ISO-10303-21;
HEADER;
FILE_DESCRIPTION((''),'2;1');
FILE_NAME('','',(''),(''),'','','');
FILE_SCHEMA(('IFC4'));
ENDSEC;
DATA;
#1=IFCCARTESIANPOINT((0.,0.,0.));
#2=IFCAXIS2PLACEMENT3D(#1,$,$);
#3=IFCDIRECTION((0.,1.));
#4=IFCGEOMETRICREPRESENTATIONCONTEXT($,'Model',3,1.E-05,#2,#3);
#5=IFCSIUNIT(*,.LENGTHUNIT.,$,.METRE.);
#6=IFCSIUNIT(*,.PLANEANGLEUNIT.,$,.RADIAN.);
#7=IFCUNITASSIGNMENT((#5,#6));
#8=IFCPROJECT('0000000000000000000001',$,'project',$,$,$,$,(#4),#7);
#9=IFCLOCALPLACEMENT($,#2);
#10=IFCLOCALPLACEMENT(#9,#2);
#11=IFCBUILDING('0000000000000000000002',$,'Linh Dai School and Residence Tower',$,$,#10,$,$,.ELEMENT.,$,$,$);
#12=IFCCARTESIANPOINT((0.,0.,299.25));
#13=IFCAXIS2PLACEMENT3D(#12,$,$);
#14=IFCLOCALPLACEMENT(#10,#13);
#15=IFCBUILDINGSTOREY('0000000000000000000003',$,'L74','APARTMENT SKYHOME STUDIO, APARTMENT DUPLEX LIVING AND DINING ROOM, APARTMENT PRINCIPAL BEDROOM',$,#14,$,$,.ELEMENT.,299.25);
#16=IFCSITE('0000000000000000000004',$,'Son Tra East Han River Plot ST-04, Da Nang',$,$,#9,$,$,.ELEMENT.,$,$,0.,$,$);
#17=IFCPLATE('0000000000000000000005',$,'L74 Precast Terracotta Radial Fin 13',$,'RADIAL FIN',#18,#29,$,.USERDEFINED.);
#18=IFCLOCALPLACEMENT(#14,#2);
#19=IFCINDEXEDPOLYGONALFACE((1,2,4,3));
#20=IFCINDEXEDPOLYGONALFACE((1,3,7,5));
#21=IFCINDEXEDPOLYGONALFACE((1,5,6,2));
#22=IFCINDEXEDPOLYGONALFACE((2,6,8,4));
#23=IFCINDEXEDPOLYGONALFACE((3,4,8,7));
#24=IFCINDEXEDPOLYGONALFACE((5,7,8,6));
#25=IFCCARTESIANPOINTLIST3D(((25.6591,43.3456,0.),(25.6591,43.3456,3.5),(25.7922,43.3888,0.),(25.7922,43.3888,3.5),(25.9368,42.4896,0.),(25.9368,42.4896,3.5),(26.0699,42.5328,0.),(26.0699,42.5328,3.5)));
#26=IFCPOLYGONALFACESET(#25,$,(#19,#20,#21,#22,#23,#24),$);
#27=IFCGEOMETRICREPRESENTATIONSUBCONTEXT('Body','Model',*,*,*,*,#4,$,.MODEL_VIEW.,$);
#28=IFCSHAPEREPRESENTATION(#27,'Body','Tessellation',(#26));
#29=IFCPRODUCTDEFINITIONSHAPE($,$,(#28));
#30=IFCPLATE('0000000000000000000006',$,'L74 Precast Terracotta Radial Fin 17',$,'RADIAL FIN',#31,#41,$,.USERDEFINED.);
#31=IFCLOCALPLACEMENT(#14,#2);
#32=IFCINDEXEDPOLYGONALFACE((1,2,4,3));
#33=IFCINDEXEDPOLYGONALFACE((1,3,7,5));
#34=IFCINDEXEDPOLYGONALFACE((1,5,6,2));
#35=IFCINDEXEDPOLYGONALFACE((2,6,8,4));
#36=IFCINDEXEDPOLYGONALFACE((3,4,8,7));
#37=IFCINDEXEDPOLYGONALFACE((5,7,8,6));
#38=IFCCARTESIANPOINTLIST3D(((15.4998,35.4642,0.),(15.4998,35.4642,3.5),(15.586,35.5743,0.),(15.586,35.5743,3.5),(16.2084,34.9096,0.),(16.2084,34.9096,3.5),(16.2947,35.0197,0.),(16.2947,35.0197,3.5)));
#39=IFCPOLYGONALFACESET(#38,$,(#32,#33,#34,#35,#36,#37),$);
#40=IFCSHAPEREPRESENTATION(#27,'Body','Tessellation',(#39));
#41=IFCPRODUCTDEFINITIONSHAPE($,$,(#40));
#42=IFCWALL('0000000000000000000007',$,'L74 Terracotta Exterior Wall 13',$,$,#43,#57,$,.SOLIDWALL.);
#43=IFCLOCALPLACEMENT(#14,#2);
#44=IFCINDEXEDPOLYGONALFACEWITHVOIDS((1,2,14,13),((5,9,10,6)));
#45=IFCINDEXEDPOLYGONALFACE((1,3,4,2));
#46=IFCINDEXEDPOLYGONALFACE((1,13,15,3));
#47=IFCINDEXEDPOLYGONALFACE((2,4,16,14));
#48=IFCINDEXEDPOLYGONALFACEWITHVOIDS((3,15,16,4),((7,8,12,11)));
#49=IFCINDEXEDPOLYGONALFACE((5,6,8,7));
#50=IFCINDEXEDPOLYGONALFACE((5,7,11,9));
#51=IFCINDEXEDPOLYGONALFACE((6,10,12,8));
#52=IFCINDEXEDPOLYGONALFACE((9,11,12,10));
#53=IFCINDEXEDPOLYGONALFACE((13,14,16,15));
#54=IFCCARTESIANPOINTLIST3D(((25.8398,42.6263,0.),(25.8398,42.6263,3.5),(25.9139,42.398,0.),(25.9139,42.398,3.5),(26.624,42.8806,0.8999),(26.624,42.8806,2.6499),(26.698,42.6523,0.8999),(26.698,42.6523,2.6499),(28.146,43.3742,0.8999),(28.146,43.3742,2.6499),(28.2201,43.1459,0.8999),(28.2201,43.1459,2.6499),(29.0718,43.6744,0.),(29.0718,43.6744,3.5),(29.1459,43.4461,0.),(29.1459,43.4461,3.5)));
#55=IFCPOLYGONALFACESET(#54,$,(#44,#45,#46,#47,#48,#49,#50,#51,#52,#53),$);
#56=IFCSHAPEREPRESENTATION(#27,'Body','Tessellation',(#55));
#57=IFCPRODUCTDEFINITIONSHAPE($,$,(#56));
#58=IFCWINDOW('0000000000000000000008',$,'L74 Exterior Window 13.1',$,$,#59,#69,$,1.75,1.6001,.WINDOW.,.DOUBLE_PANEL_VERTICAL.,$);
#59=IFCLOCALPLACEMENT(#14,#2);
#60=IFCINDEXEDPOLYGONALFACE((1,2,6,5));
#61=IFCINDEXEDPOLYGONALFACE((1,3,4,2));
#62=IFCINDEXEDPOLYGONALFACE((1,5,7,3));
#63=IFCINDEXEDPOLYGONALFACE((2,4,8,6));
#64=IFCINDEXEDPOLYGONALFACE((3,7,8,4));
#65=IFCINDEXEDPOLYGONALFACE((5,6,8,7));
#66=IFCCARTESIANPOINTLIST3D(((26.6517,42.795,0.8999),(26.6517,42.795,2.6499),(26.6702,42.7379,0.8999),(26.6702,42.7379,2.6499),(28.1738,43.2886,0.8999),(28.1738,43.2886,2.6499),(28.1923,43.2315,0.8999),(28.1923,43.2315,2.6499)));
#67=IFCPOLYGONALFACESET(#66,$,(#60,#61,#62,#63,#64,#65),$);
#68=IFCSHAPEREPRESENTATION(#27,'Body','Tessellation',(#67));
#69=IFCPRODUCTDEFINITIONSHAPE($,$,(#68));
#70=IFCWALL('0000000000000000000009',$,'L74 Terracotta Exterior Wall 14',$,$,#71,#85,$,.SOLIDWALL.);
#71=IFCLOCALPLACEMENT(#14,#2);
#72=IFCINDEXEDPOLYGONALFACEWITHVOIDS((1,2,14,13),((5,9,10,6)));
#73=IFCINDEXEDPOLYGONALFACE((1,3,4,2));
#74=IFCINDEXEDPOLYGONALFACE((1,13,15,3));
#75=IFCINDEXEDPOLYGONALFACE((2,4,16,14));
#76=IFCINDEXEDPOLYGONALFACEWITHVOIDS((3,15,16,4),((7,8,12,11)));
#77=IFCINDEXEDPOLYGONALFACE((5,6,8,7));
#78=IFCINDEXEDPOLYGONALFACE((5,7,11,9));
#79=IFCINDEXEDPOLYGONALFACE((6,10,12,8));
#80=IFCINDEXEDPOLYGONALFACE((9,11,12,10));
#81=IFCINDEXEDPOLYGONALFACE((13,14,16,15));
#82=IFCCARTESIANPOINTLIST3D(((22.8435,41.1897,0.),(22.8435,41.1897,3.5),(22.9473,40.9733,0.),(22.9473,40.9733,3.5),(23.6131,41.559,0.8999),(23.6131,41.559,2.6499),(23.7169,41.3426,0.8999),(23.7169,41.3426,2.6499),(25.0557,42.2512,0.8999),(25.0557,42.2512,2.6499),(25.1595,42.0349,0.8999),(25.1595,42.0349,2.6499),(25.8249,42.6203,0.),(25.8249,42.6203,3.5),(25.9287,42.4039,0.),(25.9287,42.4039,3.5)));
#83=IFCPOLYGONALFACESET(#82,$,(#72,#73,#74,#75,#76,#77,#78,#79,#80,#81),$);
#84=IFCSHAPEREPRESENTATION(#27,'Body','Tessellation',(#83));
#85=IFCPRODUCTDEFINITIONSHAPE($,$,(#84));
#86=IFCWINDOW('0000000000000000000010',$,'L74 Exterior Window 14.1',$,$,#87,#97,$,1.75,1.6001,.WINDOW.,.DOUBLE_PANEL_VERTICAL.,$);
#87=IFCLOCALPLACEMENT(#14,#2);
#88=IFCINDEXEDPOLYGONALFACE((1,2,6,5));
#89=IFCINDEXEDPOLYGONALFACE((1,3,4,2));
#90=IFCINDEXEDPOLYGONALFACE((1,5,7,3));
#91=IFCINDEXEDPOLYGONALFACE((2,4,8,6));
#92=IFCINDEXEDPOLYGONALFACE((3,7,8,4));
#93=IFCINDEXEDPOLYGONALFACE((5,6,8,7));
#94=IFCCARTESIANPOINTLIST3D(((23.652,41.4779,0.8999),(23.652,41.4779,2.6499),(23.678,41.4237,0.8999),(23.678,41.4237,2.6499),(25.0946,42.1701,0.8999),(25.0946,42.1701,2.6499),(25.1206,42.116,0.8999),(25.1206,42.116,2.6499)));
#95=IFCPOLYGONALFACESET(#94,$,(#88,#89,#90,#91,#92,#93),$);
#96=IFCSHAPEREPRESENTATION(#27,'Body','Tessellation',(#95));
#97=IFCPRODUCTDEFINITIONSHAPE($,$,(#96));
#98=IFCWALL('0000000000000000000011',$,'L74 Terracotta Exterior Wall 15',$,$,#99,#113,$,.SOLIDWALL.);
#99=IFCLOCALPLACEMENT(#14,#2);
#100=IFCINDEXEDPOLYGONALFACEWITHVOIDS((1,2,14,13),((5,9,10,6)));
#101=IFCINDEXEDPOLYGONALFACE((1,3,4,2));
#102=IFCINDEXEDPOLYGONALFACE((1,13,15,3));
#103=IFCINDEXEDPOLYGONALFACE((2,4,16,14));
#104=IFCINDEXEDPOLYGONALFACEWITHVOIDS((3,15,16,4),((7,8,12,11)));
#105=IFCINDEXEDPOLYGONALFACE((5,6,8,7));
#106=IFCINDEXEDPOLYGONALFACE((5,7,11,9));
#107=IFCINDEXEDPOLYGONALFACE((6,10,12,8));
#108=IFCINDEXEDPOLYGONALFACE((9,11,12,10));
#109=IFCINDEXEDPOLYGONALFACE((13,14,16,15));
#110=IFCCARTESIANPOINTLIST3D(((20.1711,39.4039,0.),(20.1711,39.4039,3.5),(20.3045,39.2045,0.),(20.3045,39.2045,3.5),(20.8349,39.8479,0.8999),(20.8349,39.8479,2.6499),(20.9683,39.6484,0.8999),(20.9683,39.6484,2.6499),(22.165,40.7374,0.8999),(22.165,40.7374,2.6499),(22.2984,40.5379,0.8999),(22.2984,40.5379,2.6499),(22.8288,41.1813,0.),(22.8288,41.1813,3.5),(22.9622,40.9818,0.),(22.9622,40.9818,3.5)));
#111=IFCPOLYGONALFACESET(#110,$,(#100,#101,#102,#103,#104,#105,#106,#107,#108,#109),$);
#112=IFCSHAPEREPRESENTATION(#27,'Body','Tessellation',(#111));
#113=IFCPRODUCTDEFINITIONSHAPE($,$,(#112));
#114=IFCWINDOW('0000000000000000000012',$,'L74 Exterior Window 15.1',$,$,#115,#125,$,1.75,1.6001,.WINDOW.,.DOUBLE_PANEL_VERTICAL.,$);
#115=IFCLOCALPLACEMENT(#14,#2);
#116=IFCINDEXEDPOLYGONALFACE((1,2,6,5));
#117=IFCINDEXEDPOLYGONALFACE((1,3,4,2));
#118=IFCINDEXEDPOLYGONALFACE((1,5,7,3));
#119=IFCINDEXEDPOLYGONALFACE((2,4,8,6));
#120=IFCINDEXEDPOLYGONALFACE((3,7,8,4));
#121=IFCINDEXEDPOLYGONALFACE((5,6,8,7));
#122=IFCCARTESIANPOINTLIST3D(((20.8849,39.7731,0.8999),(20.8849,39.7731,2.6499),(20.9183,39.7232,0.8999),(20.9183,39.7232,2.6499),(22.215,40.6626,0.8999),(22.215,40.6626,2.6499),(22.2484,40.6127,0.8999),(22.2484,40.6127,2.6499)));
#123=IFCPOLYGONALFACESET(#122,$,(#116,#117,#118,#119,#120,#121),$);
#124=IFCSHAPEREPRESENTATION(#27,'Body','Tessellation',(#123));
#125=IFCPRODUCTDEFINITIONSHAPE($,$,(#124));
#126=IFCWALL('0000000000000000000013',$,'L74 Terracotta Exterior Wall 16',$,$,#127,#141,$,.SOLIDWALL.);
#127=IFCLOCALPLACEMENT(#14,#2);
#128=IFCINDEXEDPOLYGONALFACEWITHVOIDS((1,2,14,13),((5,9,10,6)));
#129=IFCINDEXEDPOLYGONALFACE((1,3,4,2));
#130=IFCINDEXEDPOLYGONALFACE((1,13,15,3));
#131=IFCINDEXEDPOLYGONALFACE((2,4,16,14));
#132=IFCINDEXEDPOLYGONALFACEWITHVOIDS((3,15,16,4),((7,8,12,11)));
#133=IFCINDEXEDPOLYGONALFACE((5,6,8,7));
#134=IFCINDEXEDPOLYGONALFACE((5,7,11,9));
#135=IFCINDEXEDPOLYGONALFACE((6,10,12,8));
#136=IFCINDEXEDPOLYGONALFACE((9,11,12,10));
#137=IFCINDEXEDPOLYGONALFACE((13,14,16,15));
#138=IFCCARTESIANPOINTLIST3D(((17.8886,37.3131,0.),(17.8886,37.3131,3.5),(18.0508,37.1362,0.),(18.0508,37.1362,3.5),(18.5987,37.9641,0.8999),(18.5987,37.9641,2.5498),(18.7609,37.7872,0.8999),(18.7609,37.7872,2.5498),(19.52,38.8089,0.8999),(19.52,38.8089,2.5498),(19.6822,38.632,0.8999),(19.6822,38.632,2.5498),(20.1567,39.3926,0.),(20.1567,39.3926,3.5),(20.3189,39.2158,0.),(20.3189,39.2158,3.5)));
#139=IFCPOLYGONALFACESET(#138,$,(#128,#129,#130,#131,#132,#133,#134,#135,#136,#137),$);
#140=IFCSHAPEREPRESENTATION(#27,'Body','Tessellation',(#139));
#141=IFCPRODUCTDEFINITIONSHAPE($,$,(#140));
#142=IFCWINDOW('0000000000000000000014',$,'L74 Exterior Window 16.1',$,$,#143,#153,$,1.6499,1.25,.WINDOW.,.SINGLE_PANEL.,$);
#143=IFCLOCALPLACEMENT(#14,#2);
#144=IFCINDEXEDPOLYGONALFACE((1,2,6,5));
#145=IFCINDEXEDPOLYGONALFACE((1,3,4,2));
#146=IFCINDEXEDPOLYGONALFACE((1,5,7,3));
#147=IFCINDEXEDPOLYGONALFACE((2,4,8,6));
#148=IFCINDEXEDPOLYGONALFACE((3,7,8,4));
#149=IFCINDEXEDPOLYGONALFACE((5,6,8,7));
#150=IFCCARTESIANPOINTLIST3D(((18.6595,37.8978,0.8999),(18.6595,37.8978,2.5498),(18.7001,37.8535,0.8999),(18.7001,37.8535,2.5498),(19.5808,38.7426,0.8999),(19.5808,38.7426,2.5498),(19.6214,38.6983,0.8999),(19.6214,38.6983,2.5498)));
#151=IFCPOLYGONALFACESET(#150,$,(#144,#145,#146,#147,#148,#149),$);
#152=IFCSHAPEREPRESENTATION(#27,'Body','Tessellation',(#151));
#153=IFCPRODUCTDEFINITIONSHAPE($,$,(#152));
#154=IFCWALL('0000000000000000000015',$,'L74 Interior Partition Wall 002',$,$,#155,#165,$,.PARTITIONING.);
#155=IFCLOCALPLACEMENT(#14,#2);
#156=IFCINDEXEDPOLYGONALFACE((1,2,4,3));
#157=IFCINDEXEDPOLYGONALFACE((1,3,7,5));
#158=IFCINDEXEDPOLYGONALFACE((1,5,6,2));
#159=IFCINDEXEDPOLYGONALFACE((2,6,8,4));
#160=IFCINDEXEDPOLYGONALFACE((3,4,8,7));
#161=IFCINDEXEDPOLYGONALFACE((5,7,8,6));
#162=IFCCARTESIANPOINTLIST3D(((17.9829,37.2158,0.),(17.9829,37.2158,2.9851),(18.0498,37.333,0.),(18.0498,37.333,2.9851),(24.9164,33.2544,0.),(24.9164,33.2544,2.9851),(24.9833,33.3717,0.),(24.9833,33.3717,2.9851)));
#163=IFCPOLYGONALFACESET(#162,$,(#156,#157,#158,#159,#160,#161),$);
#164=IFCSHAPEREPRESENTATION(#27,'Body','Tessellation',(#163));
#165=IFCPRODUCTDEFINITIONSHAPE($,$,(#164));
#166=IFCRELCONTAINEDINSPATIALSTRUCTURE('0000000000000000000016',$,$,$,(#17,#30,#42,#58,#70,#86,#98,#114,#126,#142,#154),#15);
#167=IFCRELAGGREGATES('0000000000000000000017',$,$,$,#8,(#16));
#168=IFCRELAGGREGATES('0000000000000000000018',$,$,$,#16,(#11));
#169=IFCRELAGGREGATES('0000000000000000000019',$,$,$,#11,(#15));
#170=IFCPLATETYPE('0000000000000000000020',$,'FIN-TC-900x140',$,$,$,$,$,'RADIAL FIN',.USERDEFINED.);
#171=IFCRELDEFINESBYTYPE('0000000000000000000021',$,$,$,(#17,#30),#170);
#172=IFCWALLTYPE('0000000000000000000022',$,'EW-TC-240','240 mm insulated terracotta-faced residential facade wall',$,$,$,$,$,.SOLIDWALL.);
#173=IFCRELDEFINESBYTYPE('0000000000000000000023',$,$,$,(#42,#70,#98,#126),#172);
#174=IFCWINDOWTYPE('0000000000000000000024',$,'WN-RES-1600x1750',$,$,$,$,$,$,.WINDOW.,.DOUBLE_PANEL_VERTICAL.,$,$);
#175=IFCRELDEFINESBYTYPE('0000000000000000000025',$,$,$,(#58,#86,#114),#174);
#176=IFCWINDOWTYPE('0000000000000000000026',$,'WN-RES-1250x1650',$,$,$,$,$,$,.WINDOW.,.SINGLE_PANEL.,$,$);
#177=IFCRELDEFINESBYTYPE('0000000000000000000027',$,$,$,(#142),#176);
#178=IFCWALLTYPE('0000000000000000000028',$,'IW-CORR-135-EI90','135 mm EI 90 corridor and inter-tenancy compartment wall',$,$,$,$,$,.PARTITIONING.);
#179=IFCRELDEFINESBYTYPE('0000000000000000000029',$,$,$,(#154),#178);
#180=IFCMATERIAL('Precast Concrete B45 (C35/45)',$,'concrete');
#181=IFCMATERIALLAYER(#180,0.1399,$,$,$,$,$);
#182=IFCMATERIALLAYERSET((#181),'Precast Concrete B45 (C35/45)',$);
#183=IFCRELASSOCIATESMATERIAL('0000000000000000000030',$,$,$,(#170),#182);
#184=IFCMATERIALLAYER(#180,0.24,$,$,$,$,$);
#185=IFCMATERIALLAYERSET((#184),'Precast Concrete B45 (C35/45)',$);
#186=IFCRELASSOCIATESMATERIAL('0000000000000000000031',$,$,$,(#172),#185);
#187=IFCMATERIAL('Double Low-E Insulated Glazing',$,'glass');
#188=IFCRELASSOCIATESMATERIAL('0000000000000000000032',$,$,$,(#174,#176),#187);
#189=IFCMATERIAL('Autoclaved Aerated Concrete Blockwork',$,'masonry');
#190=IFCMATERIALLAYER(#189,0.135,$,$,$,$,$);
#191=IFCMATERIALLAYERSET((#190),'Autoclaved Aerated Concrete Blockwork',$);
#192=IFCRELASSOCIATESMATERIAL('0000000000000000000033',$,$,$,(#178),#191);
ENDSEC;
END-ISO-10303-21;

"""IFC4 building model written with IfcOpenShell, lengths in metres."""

from ifc_helpers import new_model, si_unit, direction, frame, frame_2d, origin, origin_2d, place, context, subcontext, project, spatial, rectangle, extrude, source, transform, mapped, material, layer, layer_set, type_object, element, fill, save


model = new_model("IFC4")

# Units and contexts
model_context = context("Model", 3, precision=1e-05, world=origin(), true_north=direction((0.0, 1.0)))
body_context = subcontext(model_context, "Body", "Model", "MODEL_VIEW")
ifc_project = project(units=[si_unit("LENGTHUNIT", "METRE"), si_unit("PLANEANGLEUNIT", "RADIAN")], contexts=[model_context])

# Site, building, storey
site_placement = place(None, origin())
site = spatial("IfcSite", under=ifc_project, at=site_placement, Name="Son Tra East Han River Plot ST-04, Da Nang", CompositionType="ELEMENT", RefElevation=0.0)
building_placement = place(site_placement, origin())
building = spatial("IfcBuilding", under=site, at=building_placement, Name="Linh Dai School and Residence Tower", CompositionType="ELEMENT")
storey_placement = place(building_placement, frame((0.0, 0.0, 299.25)))
storey = spatial("IfcBuildingStorey", under=building, at=storey_placement, Name="L74", Description="APARTMENT SKYHOME STUDIO, APARTMENT DUPLEX LIVING AND DINING ROOM, APARTMENT PRINCIPAL BEDROOM", CompositionType="ELEMENT", Elevation=299.25)

# Plates
ifc_material_1 = material(Name="Precast Concrete B45 (C35/45)", Category="concrete")
ifc_layer_1 = layer(ifc_material_1, 0.1399)
ifc_layer_set_1 = layer_set([ifc_layer_1], Name="Precast Concrete B45 (C35/45)")
plate_type = type_object("IfcPlateType", Name="FIN-TC-900x140", ElementType="RADIAL FIN", PredefinedType="USERDEFINED", material=ifc_layer_set_1)
shared_shape_1 = source(origin(), body_context, "Body", "SweptSolid", [
    extrude(rectangle(XDim=0.8999, YDim=0.1399, at=origin_2d()), origin(), (0.0, 0.0, 1.0), 3.5),
])
for number, where, z_axis, x_axis, name in (
    (1, (25.8645, 42.9392, 0.0), (0.0, 0.0, 1.0), (-0.308519, 0.951218, 0.0), "L74 Precast Terracotta Radial Fin 13"),
    (2, (15.8972, 35.2419, 0.0), (0.0, 0.0, 1.0), (-0.787503, 0.616311, 0.0), "L74 Precast Terracotta Radial Fin 17"),
):
    element("IfcPlate", number, at=place(storey_placement, frame(where, z_axis=z_axis, x_axis=x_axis)), inside=storey, type_object=plate_type, Name=name, ObjectType="RADIAL FIN", PredefinedType="USERDEFINED", context=body_context, shape_type="MappedRepresentation", body=[
        mapped(shared_shape_1, transform((0.0, 0.0, 0.0), x_axis=(1.0, 0.0, 0.0), y_axis=(0.0, 1.0, 0.0), z_axis=(0.0, 0.0, 1.0), scale=1.0)),
    ])

# Walls, openings, windows
ifc_layer_2 = layer(ifc_material_1, 0.24)
ifc_layer_set_2 = layer_set([ifc_layer_2], Name="Precast Concrete B45 (C35/45)")
wall_type_1 = type_object("IfcWallType", Name="EW-TC-240", Description="240 mm insulated terracotta-faced residential facade wall", PredefinedType="SOLIDWALL", material=ifc_layer_set_2)
wall_1_placement = place(storey_placement, frame((25.877, 42.5122, 0.0), z_axis=(0.0, 0.0, 1.0), x_axis=(0.951231, 0.308478, 0.0)))
wall_1 = element("IfcWall", 3, at=wall_1_placement, inside=storey, type_object=wall_type_1, Name="L74 Terracotta Exterior Wall 13", PredefinedType="SOLIDWALL", context=body_context, shape_type="SweptSolid", body=[
    extrude(rectangle(XDim=3.3977, YDim=0.24, at=frame_2d((1.6987, 0.0))), origin(), (0.0, 0.0, 1.0), 3.5),
])
opening_1_placement = place(wall_1_placement, frame((0.8242, 0.0, 0.8999)))
opening_1 = element("IfcOpeningElement", 4, at=opening_1_placement, cuts=wall_1, PredefinedType="OPENING", context=body_context, shape_type="SweptSolid", body=[
    extrude(rectangle(XDim=1.6001, YDim=1.75, at=origin_2d()), frame((0.8, 0.1299, 0.875), z_axis=(0.0, -1.0, 0.0), x_axis=(1.0, 0.0, 0.0)), (0.0, 0.0, 1.0), 0.26),
])
ifc_material_2 = material(Name="Double Low-E Insulated Glazing", Category="glass")
window_type_1 = type_object("IfcWindowType", Name="WN-RES-1600x1750", PartitioningType="DOUBLE_PANEL_VERTICAL", PredefinedType="WINDOW", material=ifc_material_2)
shared_shape_2 = source(origin(), body_context, "Body", "SweptSolid", [
    extrude(rectangle(XDim=1.6001, YDim=1.75, at=origin_2d()), frame((0.8, 0.03, 0.875), z_axis=(0.0, -1.0, 0.0), x_axis=(1.0, 0.0, 0.0)), (0.0, 0.0, 1.0), 0.0601),
])
window_1_placement = place(opening_1_placement, origin())
window_1 = element("IfcWindow", 5, at=window_1_placement, inside=storey, type_object=window_type_1, Name="L74 Exterior Window 13.1", OverallHeight=1.75, OverallWidth=1.6001, PartitioningType="DOUBLE_PANEL_VERTICAL", PredefinedType="WINDOW", context=body_context, shape_type="MappedRepresentation", body=[
    mapped(shared_shape_2, transform((0.0, 0.0, 0.0), x_axis=(1.0, 0.0, 0.0), y_axis=(0.0, 1.0, 0.0), z_axis=(0.0, 0.0, 1.0), scale=1.0)),
])
fill(opening_1, window_1)
wall_2_placement = place(storey_placement, frame((22.8955, 41.0815, 0.0), z_axis=(0.0, 0.0, 1.0), x_axis=(0.901574, 0.432625, 0.0)))
wall_2 = element("IfcWall", 6, at=wall_2_placement, inside=storey, type_object=wall_type_1, Name="L74 Terracotta Exterior Wall 14", PredefinedType="SOLIDWALL", context=body_context, shape_type="SweptSolid", body=[
    extrude(rectangle(XDim=3.3069, YDim=0.24, at=frame_2d((1.6533, 0.0))), origin(), (0.0, 0.0, 1.0), 3.5),
])
opening_2_placement = place(wall_2_placement, frame((0.8535, 0.0, 0.8999)))
opening_2 = element("IfcOpeningElement", 7, at=opening_2_placement, cuts=wall_2, PredefinedType="OPENING", context=body_context, shape_type="SweptSolid", body=[
    extrude(rectangle(XDim=1.6001, YDim=1.75, at=origin_2d()), frame((0.8, 0.1299, 0.875), z_axis=(0.0, -1.0, 0.0), x_axis=(1.0, 0.0, 0.0)), (0.0, 0.0, 1.0), 0.26),
])
window_2_placement = place(opening_2_placement, origin())
window_2 = element("IfcWindow", 8, at=window_2_placement, inside=storey, type_object=window_type_1, Name="L74 Exterior Window 14.1", OverallHeight=1.75, OverallWidth=1.6001, PartitioningType="DOUBLE_PANEL_VERTICAL", PredefinedType="WINDOW", context=body_context, shape_type="MappedRepresentation", body=[
    mapped(shared_shape_2, transform((0.0, 0.0, 0.0), x_axis=(1.0, 0.0, 0.0), y_axis=(0.0, 1.0, 0.0), z_axis=(0.0, 0.0, 1.0), scale=1.0)),
])
fill(opening_2, window_2)
wall_3_placement = place(storey_placement, frame((20.2378, 39.3042, 0.0), z_axis=(0.0, 0.0, 1.0), x_axis=(0.831251, 0.555898, 0.0)))
wall_3 = element("IfcWall", 9, at=wall_3_placement, inside=storey, type_object=wall_type_1, Name="L74 Terracotta Exterior Wall 15", PredefinedType="SOLIDWALL", context=body_context, shape_type="SweptSolid", body=[
    extrude(rectangle(XDim=3.1973, YDim=0.24, at=frame_2d((1.5986, 0.0))), origin(), (0.0, 0.0, 1.0), 3.5),
])
opening_3_placement = place(wall_3_placement, frame((0.7986, 0.0, 0.8999)))
opening_3 = element("IfcOpeningElement", 10, at=opening_3_placement, cuts=wall_3, PredefinedType="OPENING", context=body_context, shape_type="SweptSolid", body=[
    extrude(rectangle(XDim=1.6001, YDim=1.75, at=origin_2d()), frame((0.8, 0.1299, 0.875), z_axis=(0.0, -1.0, 0.0), x_axis=(1.0, 0.0, 0.0)), (0.0, 0.0, 1.0), 0.26),
])
window_3_placement = place(opening_3_placement, origin())
window_3 = element("IfcWindow", 11, at=window_3_placement, inside=storey, type_object=window_type_1, Name="L74 Exterior Window 15.1", OverallHeight=1.75, OverallWidth=1.6001, PartitioningType="DOUBLE_PANEL_VERTICAL", PredefinedType="WINDOW", context=body_context, shape_type="MappedRepresentation", body=[
    mapped(shared_shape_2, transform((0.0, 0.0, 0.0), x_axis=(1.0, 0.0, 0.0), y_axis=(0.0, 1.0, 0.0), z_axis=(0.0, 0.0, 1.0), scale=1.0)),
])
fill(opening_3, window_3)
wall_4_placement = place(storey_placement, frame((17.9697, 37.2246, 0.0), z_axis=(0.0, 0.0, 1.0), x_axis=(0.737069, 0.675818, 0.0)))
wall_4 = element("IfcWall", 12, at=wall_4_placement, inside=storey, type_object=wall_type_1, Name="L74 Terracotta Exterior Wall 16", PredefinedType="SOLIDWALL", context=body_context, shape_type="SweptSolid", body=[
    extrude(rectangle(XDim=3.0771, YDim=0.24, at=frame_2d((1.5386, 0.0))), origin(), (0.0, 0.0, 1.0), 3.5),
])
opening_4_placement = place(wall_4_placement, frame((0.9634, 0.0, 0.8999)))
opening_4 = element("IfcOpeningElement", 13, at=opening_4_placement, cuts=wall_4, PredefinedType="OPENING", context=body_context, shape_type="SweptSolid", body=[
    extrude(rectangle(XDim=1.25, YDim=1.6499, at=origin_2d()), frame((0.625, 0.1299, 0.825), z_axis=(0.0, -1.0, 0.0), x_axis=(1.0, 0.0, 0.0)), (0.0, 0.0, 1.0), 0.26),
])
window_type_2 = type_object("IfcWindowType", Name="WN-RES-1250x1650", PartitioningType="SINGLE_PANEL", PredefinedType="WINDOW", material=ifc_material_2)
shared_shape_3 = source(origin(), body_context, "Body", "SweptSolid", [
    extrude(rectangle(XDim=1.25, YDim=1.6499, at=origin_2d()), frame((0.625, 0.03, 0.825), z_axis=(0.0, -1.0, 0.0), x_axis=(1.0, 0.0, 0.0)), (0.0, 0.0, 1.0), 0.0601),
])
window_4_placement = place(opening_4_placement, origin())
window_4 = element("IfcWindow", 14, at=window_4_placement, inside=storey, type_object=window_type_2, Name="L74 Exterior Window 16.1", OverallHeight=1.6499, OverallWidth=1.25, PartitioningType="SINGLE_PANEL", PredefinedType="WINDOW", context=body_context, shape_type="MappedRepresentation", body=[
    mapped(shared_shape_3, transform((0.0, 0.0, 0.0), x_axis=(1.0, 0.0, 0.0), y_axis=(0.0, 1.0, 0.0), z_axis=(0.0, 0.0, 1.0), scale=1.0)),
])
fill(opening_4, window_4)

# Wall
ifc_material_3 = material(Name="Autoclaved Aerated Concrete Blockwork", Category="masonry")
ifc_layer_3 = layer(ifc_material_3, 0.135)
ifc_layer_set_3 = layer_set([ifc_layer_3], Name="Autoclaved Aerated Concrete Blockwork")
wall_type_2 = type_object("IfcWallType", Name="IW-CORR-135-EI90", Description="135 mm EI 90 corridor and inter-tenancy compartment wall", PredefinedType="PARTITIONING", material=ifc_layer_set_3)
wall_5_placement = place(storey_placement, frame((18.0164, 37.2744, 0.0), z_axis=(0.0, 0.0, 1.0), x_axis=(0.868277, -0.49608, 0.0)))
element("IfcWall", 15, at=wall_5_placement, inside=storey, type_object=wall_type_2, Name="L74 Interior Partition Wall 002", PredefinedType="PARTITIONING", context=body_context, shape_type="SweptSolid", body=[
    extrude(rectangle(XDim=7.9854, YDim=0.135, at=frame_2d((3.9927, 0.0))), origin(), (0.0, 0.0, 1.0), 2.9851),
])

save(model, "model.ifc")
